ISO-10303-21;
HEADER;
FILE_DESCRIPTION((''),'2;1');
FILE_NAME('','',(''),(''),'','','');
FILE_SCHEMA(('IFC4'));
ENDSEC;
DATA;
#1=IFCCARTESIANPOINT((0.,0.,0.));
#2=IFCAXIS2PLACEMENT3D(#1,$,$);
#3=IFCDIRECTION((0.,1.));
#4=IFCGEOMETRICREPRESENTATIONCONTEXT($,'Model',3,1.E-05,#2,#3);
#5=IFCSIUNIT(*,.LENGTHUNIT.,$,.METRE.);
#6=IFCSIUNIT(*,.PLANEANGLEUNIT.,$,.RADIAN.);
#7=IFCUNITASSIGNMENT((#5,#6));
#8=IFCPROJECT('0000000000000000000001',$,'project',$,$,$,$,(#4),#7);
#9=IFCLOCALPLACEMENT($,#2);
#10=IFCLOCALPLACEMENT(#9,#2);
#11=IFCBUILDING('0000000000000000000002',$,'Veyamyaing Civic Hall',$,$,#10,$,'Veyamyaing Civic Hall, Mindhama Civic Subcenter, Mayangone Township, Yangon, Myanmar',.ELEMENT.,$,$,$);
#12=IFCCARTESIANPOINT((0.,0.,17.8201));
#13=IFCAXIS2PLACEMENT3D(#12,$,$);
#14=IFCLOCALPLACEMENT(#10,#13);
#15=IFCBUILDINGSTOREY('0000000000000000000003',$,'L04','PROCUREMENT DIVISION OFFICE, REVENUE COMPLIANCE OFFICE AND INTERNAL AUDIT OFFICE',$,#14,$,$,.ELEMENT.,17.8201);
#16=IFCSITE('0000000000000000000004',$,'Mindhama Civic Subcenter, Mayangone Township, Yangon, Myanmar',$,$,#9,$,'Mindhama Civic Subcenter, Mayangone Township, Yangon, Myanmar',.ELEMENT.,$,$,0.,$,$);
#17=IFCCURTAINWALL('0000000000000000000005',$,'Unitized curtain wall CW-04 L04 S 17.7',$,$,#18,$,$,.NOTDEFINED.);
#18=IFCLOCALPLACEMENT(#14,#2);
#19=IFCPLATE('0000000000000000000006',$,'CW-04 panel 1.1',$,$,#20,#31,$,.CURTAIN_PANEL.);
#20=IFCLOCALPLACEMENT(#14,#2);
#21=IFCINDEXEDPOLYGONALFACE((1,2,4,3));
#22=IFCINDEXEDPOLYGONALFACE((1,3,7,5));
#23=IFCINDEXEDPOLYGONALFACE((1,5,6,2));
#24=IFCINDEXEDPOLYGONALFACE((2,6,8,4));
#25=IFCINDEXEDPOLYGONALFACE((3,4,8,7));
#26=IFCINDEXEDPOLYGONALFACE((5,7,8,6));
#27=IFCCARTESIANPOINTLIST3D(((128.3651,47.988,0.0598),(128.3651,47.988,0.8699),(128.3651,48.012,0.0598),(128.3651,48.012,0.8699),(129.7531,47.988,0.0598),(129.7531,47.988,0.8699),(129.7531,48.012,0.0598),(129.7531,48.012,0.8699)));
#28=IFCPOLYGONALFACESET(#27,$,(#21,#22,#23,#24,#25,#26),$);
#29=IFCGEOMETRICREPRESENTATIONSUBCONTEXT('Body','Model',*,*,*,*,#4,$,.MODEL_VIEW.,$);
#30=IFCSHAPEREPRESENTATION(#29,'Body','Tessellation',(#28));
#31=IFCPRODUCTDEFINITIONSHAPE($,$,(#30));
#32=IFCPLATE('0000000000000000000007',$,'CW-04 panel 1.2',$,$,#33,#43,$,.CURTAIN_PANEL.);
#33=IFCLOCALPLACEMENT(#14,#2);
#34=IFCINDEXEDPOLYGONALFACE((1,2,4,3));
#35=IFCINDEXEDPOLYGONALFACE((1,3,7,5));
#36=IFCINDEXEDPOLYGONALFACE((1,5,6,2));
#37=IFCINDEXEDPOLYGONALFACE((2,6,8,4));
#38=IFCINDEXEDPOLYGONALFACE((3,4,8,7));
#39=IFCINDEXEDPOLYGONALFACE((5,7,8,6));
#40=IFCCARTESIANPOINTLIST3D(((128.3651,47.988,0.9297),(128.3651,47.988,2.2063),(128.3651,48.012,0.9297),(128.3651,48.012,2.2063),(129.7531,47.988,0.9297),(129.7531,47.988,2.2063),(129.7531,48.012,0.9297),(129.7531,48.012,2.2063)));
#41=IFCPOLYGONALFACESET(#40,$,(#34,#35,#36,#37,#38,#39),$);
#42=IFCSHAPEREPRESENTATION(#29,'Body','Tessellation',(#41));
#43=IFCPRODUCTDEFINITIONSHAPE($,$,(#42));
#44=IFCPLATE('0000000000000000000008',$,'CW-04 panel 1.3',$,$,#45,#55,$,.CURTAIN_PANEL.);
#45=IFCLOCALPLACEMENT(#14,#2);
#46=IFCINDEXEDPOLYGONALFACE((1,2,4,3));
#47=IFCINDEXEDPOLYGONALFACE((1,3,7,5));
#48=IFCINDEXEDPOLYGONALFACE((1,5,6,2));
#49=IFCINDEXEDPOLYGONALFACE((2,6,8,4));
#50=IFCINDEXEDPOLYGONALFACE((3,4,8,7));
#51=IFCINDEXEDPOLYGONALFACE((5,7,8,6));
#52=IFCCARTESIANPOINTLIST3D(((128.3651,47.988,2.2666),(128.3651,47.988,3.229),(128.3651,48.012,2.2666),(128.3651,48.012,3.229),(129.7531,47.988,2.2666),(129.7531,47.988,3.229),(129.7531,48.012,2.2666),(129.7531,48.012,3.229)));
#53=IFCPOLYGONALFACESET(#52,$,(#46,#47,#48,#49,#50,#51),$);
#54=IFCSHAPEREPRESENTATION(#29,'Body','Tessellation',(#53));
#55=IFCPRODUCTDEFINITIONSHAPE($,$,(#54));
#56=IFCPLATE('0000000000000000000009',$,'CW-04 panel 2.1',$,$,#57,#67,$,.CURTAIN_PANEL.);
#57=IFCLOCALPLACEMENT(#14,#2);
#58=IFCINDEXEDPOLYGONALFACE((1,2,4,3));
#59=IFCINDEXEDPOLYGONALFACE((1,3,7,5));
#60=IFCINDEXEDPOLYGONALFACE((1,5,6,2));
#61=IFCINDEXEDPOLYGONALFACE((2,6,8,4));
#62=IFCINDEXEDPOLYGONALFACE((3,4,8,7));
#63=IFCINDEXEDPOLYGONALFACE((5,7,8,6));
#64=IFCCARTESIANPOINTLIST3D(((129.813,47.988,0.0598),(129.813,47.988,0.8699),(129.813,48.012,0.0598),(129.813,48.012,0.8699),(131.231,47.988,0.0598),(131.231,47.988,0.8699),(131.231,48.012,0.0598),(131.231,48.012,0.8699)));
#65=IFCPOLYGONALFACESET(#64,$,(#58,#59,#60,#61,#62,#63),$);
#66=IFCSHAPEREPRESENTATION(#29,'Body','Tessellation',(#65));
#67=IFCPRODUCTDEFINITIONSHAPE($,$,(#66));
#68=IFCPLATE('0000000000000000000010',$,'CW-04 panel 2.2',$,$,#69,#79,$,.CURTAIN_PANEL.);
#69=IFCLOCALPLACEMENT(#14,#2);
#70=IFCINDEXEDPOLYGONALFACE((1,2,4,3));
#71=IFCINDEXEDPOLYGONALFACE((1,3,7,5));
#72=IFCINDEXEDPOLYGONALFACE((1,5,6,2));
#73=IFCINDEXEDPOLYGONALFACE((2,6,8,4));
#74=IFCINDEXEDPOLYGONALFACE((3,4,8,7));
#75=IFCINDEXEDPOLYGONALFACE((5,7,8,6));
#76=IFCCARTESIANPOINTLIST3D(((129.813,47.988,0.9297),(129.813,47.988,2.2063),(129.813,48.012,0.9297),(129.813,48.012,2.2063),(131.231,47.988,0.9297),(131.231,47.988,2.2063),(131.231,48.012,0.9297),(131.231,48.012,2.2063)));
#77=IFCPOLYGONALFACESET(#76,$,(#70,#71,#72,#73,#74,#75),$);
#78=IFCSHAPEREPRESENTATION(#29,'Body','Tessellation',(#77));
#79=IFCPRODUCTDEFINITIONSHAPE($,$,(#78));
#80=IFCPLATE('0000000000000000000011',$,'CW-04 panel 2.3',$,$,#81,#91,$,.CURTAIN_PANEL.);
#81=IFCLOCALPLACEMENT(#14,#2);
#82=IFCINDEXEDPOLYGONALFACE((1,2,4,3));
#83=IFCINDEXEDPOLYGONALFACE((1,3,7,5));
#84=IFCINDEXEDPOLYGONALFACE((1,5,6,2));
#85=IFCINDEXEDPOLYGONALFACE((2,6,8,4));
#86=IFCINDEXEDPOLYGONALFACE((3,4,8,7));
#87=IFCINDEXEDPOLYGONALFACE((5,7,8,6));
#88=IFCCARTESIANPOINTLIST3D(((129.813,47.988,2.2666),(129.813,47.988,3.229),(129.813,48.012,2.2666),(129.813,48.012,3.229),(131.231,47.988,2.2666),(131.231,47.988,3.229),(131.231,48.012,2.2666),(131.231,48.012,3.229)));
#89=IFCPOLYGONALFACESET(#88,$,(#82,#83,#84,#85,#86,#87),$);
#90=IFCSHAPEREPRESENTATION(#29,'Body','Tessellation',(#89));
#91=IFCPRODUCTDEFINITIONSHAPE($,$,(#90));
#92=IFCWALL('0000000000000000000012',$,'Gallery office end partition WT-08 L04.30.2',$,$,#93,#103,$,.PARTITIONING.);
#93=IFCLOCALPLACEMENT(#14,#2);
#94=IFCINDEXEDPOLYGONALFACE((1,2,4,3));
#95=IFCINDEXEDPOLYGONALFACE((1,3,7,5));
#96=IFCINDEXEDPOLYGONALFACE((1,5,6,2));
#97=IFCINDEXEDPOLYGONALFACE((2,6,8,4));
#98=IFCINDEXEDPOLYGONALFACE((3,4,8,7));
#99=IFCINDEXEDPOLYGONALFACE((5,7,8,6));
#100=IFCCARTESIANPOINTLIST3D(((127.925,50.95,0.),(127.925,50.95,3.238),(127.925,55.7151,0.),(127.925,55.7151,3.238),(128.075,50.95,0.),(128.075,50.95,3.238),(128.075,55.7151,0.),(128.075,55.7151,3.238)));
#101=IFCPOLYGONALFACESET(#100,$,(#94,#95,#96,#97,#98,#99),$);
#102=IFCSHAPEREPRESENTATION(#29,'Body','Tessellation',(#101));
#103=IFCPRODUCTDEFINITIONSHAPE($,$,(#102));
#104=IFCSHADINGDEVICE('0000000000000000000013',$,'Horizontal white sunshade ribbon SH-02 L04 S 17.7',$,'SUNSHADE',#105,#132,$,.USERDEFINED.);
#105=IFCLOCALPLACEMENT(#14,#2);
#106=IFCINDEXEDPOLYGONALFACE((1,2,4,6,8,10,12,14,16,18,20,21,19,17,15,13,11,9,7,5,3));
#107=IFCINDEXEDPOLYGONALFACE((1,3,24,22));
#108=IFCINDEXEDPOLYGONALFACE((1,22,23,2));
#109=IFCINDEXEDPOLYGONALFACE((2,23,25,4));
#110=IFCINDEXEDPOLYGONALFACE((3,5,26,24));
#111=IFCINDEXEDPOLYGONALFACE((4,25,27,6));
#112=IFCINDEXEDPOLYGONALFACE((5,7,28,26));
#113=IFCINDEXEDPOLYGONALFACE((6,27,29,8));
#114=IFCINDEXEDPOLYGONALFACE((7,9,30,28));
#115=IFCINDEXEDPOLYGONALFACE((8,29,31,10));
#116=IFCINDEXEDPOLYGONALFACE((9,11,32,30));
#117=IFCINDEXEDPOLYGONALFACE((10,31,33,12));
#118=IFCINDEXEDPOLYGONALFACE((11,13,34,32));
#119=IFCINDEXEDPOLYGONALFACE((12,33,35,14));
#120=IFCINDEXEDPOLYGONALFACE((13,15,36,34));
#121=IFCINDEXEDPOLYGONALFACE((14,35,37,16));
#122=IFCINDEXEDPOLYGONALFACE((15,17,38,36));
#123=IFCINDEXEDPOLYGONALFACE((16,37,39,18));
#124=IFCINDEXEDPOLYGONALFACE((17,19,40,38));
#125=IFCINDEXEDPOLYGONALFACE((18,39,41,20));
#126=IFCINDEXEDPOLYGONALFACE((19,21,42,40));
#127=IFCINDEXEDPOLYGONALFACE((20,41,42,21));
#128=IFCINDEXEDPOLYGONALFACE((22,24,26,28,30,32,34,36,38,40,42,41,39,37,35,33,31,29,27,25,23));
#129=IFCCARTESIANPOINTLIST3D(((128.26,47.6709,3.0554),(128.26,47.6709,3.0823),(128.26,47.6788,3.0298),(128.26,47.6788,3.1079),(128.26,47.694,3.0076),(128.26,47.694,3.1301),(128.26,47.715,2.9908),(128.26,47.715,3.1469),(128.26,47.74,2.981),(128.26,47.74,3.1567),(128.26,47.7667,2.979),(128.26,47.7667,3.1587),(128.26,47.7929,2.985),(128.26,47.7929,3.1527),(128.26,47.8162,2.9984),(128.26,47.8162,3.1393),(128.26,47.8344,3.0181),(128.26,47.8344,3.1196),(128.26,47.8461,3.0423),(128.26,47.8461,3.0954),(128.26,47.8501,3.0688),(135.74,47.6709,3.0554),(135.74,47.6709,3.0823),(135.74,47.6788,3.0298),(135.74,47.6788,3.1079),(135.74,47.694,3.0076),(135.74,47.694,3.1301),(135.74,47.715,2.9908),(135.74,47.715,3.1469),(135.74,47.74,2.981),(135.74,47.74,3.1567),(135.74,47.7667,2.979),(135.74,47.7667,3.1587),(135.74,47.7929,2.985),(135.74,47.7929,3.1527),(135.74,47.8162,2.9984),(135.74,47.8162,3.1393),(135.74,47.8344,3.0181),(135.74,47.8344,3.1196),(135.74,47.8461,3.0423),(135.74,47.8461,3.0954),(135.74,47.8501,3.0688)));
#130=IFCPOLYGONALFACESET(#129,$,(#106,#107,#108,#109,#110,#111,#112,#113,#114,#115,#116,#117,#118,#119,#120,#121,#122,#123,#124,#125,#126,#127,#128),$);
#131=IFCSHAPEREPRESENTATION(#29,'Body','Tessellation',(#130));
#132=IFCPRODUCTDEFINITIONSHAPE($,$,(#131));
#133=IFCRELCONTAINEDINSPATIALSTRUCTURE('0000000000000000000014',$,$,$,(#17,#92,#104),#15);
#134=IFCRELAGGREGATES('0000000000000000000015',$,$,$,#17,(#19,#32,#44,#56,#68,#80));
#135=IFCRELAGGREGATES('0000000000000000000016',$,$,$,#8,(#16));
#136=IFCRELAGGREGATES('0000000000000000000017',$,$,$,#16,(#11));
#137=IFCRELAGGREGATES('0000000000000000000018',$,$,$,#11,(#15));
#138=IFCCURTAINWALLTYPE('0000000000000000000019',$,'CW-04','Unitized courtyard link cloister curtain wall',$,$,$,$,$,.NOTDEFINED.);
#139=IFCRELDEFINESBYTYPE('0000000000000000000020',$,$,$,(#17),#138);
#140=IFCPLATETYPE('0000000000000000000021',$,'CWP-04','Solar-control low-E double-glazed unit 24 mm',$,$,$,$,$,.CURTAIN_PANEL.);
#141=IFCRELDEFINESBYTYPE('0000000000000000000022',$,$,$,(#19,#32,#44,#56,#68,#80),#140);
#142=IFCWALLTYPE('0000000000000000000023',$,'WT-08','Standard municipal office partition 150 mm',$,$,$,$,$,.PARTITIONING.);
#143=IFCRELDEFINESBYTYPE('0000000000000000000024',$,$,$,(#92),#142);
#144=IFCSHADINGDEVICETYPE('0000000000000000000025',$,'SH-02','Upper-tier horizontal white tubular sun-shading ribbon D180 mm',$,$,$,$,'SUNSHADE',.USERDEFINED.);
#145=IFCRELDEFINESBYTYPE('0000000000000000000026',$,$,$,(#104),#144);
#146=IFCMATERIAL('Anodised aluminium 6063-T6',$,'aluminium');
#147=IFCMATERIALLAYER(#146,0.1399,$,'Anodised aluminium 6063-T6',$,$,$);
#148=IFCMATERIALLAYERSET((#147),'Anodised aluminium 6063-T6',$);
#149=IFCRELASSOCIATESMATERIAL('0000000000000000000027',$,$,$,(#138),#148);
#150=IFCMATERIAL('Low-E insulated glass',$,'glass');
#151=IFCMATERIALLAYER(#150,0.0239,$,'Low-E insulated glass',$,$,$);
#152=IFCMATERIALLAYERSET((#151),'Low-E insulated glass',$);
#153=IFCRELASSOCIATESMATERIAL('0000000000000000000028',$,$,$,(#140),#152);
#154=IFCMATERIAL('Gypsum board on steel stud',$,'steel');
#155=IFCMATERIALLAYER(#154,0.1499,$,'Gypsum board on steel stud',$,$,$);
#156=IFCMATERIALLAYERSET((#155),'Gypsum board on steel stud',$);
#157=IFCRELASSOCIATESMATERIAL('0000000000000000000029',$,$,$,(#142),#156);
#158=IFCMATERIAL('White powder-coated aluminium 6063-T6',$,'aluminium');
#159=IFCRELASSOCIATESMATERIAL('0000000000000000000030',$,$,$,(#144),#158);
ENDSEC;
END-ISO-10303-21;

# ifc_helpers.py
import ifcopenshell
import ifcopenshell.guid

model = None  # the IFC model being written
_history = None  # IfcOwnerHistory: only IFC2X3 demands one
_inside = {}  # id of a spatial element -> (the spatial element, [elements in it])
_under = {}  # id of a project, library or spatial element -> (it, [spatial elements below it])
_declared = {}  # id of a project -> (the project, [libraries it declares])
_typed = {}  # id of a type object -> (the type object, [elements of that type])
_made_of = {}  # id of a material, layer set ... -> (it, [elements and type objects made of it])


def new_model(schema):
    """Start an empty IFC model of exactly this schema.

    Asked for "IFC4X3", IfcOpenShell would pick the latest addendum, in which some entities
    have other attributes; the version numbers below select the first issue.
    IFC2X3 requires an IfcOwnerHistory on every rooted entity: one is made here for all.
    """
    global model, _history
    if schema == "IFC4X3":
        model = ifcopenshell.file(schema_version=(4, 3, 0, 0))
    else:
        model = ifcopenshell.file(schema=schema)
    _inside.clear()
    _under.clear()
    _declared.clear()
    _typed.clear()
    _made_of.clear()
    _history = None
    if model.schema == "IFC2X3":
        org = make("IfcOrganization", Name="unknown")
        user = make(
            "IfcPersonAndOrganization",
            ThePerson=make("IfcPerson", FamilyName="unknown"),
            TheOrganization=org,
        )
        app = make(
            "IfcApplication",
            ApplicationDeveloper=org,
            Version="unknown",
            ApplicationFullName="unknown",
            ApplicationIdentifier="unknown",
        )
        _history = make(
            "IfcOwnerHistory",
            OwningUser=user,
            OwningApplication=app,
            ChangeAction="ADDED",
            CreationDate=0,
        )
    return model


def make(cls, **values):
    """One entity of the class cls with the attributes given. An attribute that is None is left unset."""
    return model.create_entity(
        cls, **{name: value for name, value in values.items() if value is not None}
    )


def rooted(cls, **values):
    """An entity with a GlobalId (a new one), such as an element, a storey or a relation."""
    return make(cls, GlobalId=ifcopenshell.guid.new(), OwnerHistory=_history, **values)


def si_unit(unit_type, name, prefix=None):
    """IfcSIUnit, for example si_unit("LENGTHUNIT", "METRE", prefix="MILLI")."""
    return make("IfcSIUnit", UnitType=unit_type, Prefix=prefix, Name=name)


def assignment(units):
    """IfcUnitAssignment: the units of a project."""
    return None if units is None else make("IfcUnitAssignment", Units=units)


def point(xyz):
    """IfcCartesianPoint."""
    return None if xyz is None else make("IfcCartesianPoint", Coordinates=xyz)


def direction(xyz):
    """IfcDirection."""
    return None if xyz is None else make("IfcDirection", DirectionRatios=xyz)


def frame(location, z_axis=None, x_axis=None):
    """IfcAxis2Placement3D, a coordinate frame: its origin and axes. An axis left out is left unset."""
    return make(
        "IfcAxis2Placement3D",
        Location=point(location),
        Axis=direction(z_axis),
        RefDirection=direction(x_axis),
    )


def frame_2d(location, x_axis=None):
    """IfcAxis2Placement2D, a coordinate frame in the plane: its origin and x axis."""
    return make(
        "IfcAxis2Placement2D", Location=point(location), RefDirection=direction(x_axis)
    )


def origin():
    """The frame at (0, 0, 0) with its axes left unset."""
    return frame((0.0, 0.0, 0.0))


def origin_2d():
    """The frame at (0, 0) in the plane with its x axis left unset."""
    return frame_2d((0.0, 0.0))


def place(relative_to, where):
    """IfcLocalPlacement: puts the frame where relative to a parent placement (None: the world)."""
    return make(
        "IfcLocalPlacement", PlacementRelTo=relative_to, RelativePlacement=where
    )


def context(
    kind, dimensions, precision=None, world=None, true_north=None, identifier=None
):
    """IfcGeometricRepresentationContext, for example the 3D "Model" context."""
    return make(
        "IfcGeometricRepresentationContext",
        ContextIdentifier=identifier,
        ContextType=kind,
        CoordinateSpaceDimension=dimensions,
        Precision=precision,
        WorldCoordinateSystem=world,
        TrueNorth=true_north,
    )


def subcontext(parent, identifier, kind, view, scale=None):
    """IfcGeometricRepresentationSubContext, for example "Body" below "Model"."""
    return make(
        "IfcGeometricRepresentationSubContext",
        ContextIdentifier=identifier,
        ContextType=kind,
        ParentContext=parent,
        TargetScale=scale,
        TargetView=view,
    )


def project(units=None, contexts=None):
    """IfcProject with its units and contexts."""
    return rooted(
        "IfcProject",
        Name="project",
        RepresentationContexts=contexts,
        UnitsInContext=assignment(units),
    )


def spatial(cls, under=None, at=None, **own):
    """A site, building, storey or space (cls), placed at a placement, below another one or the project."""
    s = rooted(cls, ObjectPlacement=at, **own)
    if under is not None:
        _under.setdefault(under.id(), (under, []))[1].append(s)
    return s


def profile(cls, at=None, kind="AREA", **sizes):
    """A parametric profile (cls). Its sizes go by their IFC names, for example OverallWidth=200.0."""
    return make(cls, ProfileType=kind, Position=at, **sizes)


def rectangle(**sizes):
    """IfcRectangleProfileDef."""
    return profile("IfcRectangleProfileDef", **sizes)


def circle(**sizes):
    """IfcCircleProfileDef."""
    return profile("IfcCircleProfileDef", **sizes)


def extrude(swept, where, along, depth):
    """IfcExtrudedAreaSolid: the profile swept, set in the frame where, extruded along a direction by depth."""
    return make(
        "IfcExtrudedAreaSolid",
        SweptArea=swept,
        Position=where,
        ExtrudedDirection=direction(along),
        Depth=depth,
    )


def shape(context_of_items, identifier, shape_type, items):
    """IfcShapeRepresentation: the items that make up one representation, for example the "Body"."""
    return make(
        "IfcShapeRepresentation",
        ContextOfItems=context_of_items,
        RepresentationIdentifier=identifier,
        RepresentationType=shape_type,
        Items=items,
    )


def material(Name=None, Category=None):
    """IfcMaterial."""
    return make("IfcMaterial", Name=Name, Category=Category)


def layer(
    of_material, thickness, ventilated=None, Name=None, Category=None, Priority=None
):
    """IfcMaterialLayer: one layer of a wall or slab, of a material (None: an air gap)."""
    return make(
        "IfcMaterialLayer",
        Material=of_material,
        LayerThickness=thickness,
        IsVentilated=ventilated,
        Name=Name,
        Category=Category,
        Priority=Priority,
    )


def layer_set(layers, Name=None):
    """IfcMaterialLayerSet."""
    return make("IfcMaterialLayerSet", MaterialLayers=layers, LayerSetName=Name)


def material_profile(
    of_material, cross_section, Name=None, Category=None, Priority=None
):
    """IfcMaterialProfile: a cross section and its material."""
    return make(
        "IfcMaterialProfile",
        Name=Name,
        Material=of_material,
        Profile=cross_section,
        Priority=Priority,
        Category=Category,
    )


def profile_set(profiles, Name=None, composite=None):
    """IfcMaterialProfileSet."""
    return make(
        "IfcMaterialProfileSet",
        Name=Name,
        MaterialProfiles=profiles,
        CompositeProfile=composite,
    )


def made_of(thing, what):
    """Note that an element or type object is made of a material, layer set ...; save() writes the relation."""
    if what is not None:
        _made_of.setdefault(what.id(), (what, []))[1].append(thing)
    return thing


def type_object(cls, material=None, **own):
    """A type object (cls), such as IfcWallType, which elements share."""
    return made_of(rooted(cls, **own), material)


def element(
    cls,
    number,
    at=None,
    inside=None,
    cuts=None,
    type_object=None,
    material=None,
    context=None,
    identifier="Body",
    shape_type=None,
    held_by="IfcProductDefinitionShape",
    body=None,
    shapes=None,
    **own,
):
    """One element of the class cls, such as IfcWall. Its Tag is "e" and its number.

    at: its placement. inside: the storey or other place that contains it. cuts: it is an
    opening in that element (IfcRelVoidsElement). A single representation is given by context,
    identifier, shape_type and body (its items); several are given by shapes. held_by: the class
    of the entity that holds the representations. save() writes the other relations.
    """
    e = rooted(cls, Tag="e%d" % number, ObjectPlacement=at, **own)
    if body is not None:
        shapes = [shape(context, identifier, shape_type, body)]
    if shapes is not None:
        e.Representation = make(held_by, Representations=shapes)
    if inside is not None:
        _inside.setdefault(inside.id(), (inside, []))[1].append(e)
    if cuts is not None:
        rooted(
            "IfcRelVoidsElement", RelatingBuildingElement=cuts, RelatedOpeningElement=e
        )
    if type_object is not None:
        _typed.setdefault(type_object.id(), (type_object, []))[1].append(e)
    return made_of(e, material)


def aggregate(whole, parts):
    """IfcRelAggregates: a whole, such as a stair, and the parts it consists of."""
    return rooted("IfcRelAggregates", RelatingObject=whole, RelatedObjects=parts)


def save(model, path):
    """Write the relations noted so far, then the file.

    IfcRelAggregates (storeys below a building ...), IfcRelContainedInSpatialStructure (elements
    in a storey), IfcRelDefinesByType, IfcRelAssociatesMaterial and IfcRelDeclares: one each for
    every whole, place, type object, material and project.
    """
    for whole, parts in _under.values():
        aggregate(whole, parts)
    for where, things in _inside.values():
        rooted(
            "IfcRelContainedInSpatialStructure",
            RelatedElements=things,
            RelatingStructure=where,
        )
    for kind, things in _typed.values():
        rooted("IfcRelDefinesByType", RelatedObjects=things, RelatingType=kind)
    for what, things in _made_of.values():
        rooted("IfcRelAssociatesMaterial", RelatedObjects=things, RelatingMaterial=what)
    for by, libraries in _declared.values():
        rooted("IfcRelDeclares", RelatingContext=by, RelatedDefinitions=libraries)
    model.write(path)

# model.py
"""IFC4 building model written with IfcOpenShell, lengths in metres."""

from ifc_helpers import new_model, si_unit, direction, frame, frame_2d, origin, origin_2d, place, context, subcontext, project, spatial, rectangle, circle, extrude, material, layer, layer_set, material_profile, profile_set, type_object, element, aggregate, save


model = new_model("IFC4")

# Units and contexts
model_context = context("Model", 3, precision=1e-05, world=origin(), true_north=direction((0.0, 1.0)))
body_context = subcontext(model_context, "Body", "Model", "MODEL_VIEW")
ifc_project = project(units=[si_unit("LENGTHUNIT", "METRE"), si_unit("PLANEANGLEUNIT", "RADIAN")], contexts=[model_context])

# Site, building, storey
site_placement = place(None, origin())
site = spatial("IfcSite", under=ifc_project, at=site_placement, Name="Mindhama Civic Subcenter, Mayangone Township, Yangon, Myanmar", LongName="Mindhama Civic Subcenter, Mayangone Township, Yangon, Myanmar", CompositionType="ELEMENT", RefElevation=0.0)
building_placement = place(site_placement, origin())
building = spatial("IfcBuilding", under=site, at=building_placement, Name="Veyamyaing Civic Hall", LongName="Veyamyaing Civic Hall, Mindhama Civic Subcenter, Mayangone Township, Yangon, Myanmar", CompositionType="ELEMENT")
storey_placement = place(building_placement, frame((0.0, 0.0, 17.8201)))
storey = spatial("IfcBuildingStorey", under=building, at=storey_placement, Name="L04", Description="PROCUREMENT DIVISION OFFICE, REVENUE COMPLIANCE OFFICE AND INTERNAL AUDIT OFFICE", CompositionType="ELEMENT", Elevation=17.8201)

# Shared definitions
ifc_material_1 = material(Name="Anodised aluminium 6063-T6", Category="aluminium")
ifc_layer_1 = layer(ifc_material_1, 0.1399, Name="Anodised aluminium 6063-T6")
ifc_layer_set_1 = layer_set([ifc_layer_1], Name="Anodised aluminium 6063-T6")
curtain_wall_type = type_object("IfcCurtainWallType", Name="CW-04", Description="Unitized courtyard link cloister curtain wall", PredefinedType="NOTDEFINED", material=ifc_layer_set_1)

# Curtain wall
curtain_wall_1_placement = place(storey_placement, origin())
curtain_wall_1 = element("IfcCurtainWall", 1, at=curtain_wall_1_placement, inside=storey, type_object=curtain_wall_type, Name="Unitized curtain wall CW-04 L04 S 17.7", PredefinedType="NOTDEFINED")

# Plates
ifc_material_2 = material(Name="Low-E insulated glass", Category="glass")
ifc_layer_2 = layer(ifc_material_2, 0.0239, Name="Low-E insulated glass")
ifc_layer_set_2 = layer_set([ifc_layer_2], Name="Low-E insulated glass")
plate_type_1 = type_object("IfcPlateType", Name="CWP-04", Description="Solar-control low-E double-glazed unit 24 mm", PredefinedType="CURTAIN_PANEL", material=ifc_layer_set_2)
plate_1_placement = place(storey_placement, frame((129.0591, 48.0, 0.0598), z_axis=(0.0, 0.0, 1.0), x_axis=(1.0, 0.0, 0.0)))
plate_1 = element("IfcPlate", 2, at=plate_1_placement, type_object=plate_type_1, Name="CW-04 panel 1.1", PredefinedType="CURTAIN_PANEL", context=body_context, shape_type="SweptSolid", body=[
    extrude(rectangle(XDim=1.3879, YDim=0.0239, at=origin_2d()), origin(), (0.0, 0.0, 1.0), 0.8101),
])
plate_2_placement = place(storey_placement, frame((129.0591, 48.0, 0.9297), z_axis=(0.0, 0.0, 1.0), x_axis=(1.0, 0.0, 0.0)))
plate_2 = element("IfcPlate", 3, at=plate_2_placement, type_object=plate_type_1, Name="CW-04 panel 1.2", PredefinedType="CURTAIN_PANEL", context=body_context, shape_type="SweptSolid", body=[
    extrude(rectangle(XDim=1.3879, YDim=0.0239, at=origin_2d()), origin(), (0.0, 0.0, 1.0), 1.2766),
])
plate_3_placement = place(storey_placement, frame((129.0591, 48.0, 2.2666), z_axis=(0.0, 0.0, 1.0), x_axis=(1.0, 0.0, 0.0)))
plate_3 = element("IfcPlate", 4, at=plate_3_placement, type_object=plate_type_1, Name="CW-04 panel 1.3", PredefinedType="CURTAIN_PANEL", context=body_context, shape_type="SweptSolid", body=[
    extrude(rectangle(XDim=1.3879, YDim=0.0239, at=origin_2d()), origin(), (0.0, 0.0, 1.0), 0.9624),
])
plate_4_placement = place(storey_placement, frame((130.522, 48.0, 0.0598), z_axis=(0.0, 0.0, 1.0), x_axis=(1.0, 0.0, 0.0)))
plate_4 = element("IfcPlate", 5, at=plate_4_placement, type_object=plate_type_1, Name="CW-04 panel 2.1", PredefinedType="CURTAIN_PANEL", context=body_context, shape_type="SweptSolid", body=[
    extrude(rectangle(XDim=1.418, YDim=0.0239, at=origin_2d()), origin(), (0.0, 0.0, 1.0), 0.8101),
])
plate_5_placement = place(storey_placement, frame((130.522, 48.0, 0.9297), z_axis=(0.0, 0.0, 1.0), x_axis=(1.0, 0.0, 0.0)))
plate_5 = element("IfcPlate", 6, at=plate_5_placement, type_object=plate_type_1, Name="CW-04 panel 2.2", PredefinedType="CURTAIN_PANEL", context=body_context, shape_type="SweptSolid", body=[
    extrude(rectangle(XDim=1.418, YDim=0.0239, at=origin_2d()), origin(), (0.0, 0.0, 1.0), 1.2766),
])
plate_6_placement = place(storey_placement, frame((130.522, 48.0, 2.2666), z_axis=(0.0, 0.0, 1.0), x_axis=(1.0, 0.0, 0.0)))
plate_6 = element("IfcPlate", 7, at=plate_6_placement, type_object=plate_type_1, Name="CW-04 panel 2.3", PredefinedType="CURTAIN_PANEL", context=body_context, shape_type="SweptSolid", body=[
    extrude(rectangle(XDim=1.418, YDim=0.0239, at=origin_2d()), origin(), (0.0, 0.0, 1.0), 0.9624),
])
aggregate(curtain_wall_1, [plate_1, plate_2, plate_3, plate_4, plate_5, plate_6])

# Wall
ifc_material_3 = material(Name="Gypsum board on steel stud", Category="steel")
ifc_layer_3 = layer(ifc_material_3, 0.1499, Name="Gypsum board on steel stud")
ifc_layer_set_3 = layer_set([ifc_layer_3], Name="Gypsum board on steel stud")
wall_type = type_object("IfcWallType", Name="WT-08", Description="Standard municipal office partition 150 mm", PredefinedType="PARTITIONING", material=ifc_layer_set_3)
wall_placement = place(storey_placement, frame((128.0, 50.95, 0.0), z_axis=(0.0, 0.0, 1.0), x_axis=(0.0, 1.0, 0.0)))
element("IfcWall", 8, at=wall_placement, inside=storey, type_object=wall_type, Name="Gallery office end partition WT-08 L04.30.2", PredefinedType="PARTITIONING", context=body_context, shape_type="SweptSolid", body=[
    extrude(rectangle(XDim=4.7651, YDim=0.1499, at=frame_2d((2.3826, 0.0))), origin(), (0.0, 0.0, 1.0), 3.238),
])

# Shading device
ifc_material_4 = material(Name="White powder-coated aluminium 6063-T6", Category="aluminium")
ifc_material_profile_1 = material_profile(ifc_material_4, circle(Radius=0.0901, at=origin_2d()), Name="SHADE-TUBE-180")
ifc_profile_set_1 = profile_set([ifc_material_profile_1], Name="White powder-coated aluminium 6063-T6")
shading_device_type = type_object("IfcShadingDeviceType", Name="SH-02", Description="Upper-tier horizontal white tubular sun-shading ribbon D180 mm", ElementType="SUNSHADE", PredefinedType="USERDEFINED", material=ifc_profile_set_1)
shading_device_placement = place(storey_placement, frame((128.26, 47.76, 3.0688), z_axis=(1.0, 0.0, 0.0), x_axis=(0.0, 1.0, 0.0)))
element("IfcShadingDevice", 9, at=shading_device_placement, inside=storey, type_object=shading_device_type, Name="Horizontal white sunshade ribbon SH-02 L04 S 17.7", ObjectType="SUNSHADE", PredefinedType="USERDEFINED", context=body_context, shape_type="SweptSolid", body=[
    extrude(circle(Radius=0.0901, at=origin_2d()), origin(), (0.0, 0.0, 1.0), 7.48),
])

save(model, "model.ifc")
